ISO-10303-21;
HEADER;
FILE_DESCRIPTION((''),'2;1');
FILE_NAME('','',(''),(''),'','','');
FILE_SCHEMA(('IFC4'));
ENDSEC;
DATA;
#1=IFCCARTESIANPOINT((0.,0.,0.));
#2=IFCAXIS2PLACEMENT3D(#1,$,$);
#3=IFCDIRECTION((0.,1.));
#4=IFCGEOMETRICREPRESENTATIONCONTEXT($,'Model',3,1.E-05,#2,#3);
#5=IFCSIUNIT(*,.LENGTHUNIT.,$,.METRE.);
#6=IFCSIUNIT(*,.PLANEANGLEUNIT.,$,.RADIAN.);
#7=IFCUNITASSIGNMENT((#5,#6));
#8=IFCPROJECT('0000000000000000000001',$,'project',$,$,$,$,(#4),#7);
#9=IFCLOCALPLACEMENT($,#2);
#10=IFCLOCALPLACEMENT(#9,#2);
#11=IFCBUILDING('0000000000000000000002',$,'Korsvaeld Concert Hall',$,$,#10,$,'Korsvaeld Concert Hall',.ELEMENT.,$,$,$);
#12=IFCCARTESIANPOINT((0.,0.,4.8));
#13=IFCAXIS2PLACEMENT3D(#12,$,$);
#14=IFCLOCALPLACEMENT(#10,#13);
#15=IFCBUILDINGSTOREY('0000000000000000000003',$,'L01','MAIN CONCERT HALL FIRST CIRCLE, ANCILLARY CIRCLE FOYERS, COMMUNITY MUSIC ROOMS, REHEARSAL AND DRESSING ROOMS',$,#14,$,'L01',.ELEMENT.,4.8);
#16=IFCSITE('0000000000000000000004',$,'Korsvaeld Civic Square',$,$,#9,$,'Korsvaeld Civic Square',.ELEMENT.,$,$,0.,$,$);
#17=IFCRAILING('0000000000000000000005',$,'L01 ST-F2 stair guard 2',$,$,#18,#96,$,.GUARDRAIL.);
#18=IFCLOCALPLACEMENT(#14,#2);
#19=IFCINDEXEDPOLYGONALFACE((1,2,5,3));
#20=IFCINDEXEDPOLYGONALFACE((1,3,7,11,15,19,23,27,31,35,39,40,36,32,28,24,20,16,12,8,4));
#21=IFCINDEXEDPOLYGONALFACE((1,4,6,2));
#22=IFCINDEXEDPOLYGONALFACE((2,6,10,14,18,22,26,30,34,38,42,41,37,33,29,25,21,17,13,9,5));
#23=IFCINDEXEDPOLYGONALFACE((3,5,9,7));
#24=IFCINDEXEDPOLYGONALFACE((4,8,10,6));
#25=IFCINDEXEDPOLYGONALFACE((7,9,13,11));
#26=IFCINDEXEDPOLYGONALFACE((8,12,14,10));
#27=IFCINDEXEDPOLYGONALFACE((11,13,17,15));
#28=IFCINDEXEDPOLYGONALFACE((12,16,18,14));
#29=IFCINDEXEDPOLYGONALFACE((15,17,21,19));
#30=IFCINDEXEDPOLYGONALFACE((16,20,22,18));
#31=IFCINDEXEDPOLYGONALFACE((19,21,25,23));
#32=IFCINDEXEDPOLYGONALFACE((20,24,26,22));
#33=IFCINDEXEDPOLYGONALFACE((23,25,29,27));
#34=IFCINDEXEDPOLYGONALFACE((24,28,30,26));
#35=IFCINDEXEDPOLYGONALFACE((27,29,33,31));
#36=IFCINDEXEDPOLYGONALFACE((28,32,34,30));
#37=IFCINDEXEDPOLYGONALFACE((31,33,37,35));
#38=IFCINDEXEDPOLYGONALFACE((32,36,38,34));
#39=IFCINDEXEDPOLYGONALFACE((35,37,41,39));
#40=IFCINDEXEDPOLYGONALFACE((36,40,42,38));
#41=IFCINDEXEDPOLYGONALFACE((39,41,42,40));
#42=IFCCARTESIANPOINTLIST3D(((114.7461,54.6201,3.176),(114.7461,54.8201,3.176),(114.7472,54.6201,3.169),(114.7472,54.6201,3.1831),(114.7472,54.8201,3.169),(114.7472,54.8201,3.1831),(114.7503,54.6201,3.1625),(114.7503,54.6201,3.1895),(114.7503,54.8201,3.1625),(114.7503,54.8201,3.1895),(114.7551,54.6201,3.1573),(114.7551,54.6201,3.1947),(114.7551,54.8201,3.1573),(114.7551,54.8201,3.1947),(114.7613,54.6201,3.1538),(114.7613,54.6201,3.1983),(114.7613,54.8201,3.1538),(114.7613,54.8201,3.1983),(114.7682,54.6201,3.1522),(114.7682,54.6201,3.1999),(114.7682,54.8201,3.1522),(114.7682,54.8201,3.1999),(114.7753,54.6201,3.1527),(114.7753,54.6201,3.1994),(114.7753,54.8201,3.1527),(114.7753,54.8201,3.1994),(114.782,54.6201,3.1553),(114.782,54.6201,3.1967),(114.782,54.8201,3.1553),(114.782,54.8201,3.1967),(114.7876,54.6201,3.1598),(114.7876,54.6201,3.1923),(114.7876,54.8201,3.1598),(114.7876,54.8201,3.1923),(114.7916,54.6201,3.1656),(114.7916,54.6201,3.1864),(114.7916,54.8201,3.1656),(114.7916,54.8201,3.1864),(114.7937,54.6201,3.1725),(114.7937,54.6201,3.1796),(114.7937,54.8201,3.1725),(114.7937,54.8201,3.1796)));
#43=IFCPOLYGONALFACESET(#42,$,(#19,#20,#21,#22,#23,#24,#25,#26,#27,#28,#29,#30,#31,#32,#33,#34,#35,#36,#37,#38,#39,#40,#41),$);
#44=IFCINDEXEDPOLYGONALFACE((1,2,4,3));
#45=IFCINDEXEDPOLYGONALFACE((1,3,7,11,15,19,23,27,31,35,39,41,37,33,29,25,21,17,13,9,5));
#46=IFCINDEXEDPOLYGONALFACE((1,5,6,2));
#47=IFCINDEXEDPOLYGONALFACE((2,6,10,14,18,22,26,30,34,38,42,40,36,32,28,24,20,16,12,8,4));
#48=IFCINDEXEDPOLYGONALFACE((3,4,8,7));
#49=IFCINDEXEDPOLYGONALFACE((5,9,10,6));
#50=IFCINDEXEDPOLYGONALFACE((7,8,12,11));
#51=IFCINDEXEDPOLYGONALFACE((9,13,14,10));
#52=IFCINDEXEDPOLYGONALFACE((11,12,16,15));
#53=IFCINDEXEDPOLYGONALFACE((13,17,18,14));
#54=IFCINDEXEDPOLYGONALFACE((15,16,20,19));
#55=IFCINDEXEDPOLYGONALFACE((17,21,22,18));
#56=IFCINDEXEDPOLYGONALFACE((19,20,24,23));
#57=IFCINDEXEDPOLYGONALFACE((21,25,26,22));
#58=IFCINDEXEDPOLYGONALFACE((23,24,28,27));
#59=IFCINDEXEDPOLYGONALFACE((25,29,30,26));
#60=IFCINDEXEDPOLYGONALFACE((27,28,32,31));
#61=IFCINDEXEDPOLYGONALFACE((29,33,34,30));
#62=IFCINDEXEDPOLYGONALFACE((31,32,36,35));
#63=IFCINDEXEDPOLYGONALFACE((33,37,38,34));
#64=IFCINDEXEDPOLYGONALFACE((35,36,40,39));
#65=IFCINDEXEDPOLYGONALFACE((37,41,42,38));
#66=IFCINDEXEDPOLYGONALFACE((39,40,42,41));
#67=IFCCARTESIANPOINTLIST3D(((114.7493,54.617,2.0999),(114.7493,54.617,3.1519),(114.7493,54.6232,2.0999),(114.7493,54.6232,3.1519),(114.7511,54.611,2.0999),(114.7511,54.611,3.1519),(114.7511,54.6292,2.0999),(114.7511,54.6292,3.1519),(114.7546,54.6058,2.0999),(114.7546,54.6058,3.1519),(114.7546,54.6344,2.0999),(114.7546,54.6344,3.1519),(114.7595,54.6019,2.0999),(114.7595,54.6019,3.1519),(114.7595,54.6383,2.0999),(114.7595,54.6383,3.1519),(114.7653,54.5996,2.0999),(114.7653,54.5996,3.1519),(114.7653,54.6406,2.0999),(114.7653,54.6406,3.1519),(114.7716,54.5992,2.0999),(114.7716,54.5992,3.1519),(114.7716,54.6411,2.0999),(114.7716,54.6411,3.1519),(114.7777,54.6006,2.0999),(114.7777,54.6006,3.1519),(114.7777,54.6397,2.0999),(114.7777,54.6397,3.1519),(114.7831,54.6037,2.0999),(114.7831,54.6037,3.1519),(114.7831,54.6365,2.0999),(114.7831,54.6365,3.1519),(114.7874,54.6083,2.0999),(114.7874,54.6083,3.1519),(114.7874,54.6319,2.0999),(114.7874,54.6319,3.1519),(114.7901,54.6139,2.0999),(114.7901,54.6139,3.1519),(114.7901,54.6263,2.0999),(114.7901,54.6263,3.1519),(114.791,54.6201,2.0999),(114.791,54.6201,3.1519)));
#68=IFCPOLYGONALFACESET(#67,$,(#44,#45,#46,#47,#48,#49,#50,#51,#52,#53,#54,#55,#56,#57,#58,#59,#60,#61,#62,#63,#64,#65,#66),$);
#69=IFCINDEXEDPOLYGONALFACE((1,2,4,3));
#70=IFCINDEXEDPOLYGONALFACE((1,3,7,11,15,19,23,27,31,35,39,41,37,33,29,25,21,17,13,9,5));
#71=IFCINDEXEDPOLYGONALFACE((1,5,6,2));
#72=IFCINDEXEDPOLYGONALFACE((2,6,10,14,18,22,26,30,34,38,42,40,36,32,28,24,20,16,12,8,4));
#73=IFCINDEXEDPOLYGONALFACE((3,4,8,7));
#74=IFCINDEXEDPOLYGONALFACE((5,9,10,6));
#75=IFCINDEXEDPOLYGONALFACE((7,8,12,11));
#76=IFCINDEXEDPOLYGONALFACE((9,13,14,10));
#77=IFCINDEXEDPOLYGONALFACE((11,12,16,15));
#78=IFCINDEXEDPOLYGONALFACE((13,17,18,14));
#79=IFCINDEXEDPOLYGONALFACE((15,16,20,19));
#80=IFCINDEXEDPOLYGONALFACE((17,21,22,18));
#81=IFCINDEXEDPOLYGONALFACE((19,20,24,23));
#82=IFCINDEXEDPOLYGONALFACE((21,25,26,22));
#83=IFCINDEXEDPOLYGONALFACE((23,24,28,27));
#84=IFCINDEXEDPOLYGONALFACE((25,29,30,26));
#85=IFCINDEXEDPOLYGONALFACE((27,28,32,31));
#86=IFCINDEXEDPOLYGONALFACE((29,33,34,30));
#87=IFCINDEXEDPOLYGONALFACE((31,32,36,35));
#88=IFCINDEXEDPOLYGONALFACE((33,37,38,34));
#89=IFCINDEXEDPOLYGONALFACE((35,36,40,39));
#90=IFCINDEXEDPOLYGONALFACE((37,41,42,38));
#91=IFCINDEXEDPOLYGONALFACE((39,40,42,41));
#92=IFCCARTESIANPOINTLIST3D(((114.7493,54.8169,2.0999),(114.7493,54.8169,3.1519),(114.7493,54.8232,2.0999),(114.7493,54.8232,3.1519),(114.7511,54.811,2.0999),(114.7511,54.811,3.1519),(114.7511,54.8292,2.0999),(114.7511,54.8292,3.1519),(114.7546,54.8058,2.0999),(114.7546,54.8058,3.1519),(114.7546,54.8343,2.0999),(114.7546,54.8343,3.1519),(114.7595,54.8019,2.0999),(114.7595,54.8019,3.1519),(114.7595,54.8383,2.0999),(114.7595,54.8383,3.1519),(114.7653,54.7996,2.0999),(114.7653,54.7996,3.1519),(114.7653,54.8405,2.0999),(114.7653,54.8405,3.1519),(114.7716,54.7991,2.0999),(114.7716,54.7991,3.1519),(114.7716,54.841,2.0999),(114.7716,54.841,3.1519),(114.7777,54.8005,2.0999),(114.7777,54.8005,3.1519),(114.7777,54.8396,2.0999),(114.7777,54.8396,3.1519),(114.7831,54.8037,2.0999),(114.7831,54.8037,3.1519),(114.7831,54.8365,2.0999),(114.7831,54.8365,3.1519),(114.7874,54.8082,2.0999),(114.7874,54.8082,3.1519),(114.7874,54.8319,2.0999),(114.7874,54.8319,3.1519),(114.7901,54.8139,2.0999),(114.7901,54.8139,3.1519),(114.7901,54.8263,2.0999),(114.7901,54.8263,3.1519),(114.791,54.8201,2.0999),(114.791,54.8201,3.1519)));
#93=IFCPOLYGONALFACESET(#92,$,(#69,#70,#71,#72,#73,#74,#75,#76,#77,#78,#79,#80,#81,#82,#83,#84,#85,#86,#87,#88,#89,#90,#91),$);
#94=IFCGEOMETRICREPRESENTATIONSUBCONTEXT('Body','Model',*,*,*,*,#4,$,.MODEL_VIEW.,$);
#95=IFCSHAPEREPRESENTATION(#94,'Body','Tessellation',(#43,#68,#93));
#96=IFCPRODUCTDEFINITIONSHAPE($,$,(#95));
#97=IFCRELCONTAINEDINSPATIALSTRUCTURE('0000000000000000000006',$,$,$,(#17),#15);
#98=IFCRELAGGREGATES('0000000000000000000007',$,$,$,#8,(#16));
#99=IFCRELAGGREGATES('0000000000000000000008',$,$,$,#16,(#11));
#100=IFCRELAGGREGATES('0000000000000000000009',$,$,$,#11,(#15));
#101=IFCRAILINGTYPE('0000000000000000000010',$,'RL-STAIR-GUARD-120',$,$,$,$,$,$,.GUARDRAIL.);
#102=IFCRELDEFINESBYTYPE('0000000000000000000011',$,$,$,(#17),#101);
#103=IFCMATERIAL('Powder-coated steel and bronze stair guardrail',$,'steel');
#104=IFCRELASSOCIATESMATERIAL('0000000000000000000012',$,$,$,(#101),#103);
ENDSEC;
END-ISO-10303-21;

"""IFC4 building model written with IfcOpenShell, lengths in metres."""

from ifc_helpers import new_model, si_unit, direction, frame, origin, origin_2d, place, context, subcontext, project, spatial, circle, extrude, material, type_object, element, save


model = new_model("IFC4")

# Units and contexts
model_context = context("Model", 3, precision=1e-05, world=origin(), true_north=direction((0.0, 1.0)))
body_context = subcontext(model_context, "Body", "Model", "MODEL_VIEW")
ifc_project = project(units=[si_unit("LENGTHUNIT", "METRE"), si_unit("PLANEANGLEUNIT", "RADIAN")], contexts=[model_context])

# Site, building, storey
site_placement = place(None, origin())
site = spatial("IfcSite", under=ifc_project, at=site_placement, Name="Korsvaeld Civic Square", LongName="Korsvaeld Civic Square", CompositionType="ELEMENT", RefElevation=0.0)
building_placement = place(site_placement, origin())
building = spatial("IfcBuilding", under=site, at=building_placement, Name="Korsvaeld Concert Hall", LongName="Korsvaeld Concert Hall", CompositionType="ELEMENT")
storey_placement = place(building_placement, frame((0.0, 0.0, 4.8)))
storey = spatial("IfcBuildingStorey", under=building, at=storey_placement, Name="L01", Description="MAIN CONCERT HALL FIRST CIRCLE, ANCILLARY CIRCLE FOYERS, COMMUNITY MUSIC ROOMS, REHEARSAL AND DRESSING ROOMS", LongName="L01", CompositionType="ELEMENT", Elevation=4.8)

# Railing
ifc_material_1 = material(Name="Powder-coated steel and bronze stair guardrail", Category="steel")
railing_type_1 = type_object("IfcRailingType", Name="RL-STAIR-GUARD-120", PredefinedType="GUARDRAIL", material=ifc_material_1)
railing_1_placement = place(storey_placement, frame((114.77, 54.6201, 2.0999)))
element("IfcRailing", 1, at=railing_1_placement, inside=storey, type_object=railing_type_1, Name="L01 ST-F2 stair guard 2", PredefinedType="GUARDRAIL", context=body_context, shape_type="SweptSolid", body=[
    extrude(circle(Radius=0.0239, at=origin_2d()), frame((0.0, 0.0, 1.0762), z_axis=(0.0, 1.0, 0.0), x_axis=(-1.0, 0.0, 0.0)), (0.0, 0.0, 1.0), 0.2),
    extrude(circle(Radius=0.021, at=origin_2d()), origin(), (0.0, 0.0, 1.0), 1.052),
    extrude(circle(Radius=0.021, at=origin_2d()), frame((0.0, 0.2, 0.0)), (0.0, 0.0, 1.0), 1.052),
])

save(model, "model.ifc")
